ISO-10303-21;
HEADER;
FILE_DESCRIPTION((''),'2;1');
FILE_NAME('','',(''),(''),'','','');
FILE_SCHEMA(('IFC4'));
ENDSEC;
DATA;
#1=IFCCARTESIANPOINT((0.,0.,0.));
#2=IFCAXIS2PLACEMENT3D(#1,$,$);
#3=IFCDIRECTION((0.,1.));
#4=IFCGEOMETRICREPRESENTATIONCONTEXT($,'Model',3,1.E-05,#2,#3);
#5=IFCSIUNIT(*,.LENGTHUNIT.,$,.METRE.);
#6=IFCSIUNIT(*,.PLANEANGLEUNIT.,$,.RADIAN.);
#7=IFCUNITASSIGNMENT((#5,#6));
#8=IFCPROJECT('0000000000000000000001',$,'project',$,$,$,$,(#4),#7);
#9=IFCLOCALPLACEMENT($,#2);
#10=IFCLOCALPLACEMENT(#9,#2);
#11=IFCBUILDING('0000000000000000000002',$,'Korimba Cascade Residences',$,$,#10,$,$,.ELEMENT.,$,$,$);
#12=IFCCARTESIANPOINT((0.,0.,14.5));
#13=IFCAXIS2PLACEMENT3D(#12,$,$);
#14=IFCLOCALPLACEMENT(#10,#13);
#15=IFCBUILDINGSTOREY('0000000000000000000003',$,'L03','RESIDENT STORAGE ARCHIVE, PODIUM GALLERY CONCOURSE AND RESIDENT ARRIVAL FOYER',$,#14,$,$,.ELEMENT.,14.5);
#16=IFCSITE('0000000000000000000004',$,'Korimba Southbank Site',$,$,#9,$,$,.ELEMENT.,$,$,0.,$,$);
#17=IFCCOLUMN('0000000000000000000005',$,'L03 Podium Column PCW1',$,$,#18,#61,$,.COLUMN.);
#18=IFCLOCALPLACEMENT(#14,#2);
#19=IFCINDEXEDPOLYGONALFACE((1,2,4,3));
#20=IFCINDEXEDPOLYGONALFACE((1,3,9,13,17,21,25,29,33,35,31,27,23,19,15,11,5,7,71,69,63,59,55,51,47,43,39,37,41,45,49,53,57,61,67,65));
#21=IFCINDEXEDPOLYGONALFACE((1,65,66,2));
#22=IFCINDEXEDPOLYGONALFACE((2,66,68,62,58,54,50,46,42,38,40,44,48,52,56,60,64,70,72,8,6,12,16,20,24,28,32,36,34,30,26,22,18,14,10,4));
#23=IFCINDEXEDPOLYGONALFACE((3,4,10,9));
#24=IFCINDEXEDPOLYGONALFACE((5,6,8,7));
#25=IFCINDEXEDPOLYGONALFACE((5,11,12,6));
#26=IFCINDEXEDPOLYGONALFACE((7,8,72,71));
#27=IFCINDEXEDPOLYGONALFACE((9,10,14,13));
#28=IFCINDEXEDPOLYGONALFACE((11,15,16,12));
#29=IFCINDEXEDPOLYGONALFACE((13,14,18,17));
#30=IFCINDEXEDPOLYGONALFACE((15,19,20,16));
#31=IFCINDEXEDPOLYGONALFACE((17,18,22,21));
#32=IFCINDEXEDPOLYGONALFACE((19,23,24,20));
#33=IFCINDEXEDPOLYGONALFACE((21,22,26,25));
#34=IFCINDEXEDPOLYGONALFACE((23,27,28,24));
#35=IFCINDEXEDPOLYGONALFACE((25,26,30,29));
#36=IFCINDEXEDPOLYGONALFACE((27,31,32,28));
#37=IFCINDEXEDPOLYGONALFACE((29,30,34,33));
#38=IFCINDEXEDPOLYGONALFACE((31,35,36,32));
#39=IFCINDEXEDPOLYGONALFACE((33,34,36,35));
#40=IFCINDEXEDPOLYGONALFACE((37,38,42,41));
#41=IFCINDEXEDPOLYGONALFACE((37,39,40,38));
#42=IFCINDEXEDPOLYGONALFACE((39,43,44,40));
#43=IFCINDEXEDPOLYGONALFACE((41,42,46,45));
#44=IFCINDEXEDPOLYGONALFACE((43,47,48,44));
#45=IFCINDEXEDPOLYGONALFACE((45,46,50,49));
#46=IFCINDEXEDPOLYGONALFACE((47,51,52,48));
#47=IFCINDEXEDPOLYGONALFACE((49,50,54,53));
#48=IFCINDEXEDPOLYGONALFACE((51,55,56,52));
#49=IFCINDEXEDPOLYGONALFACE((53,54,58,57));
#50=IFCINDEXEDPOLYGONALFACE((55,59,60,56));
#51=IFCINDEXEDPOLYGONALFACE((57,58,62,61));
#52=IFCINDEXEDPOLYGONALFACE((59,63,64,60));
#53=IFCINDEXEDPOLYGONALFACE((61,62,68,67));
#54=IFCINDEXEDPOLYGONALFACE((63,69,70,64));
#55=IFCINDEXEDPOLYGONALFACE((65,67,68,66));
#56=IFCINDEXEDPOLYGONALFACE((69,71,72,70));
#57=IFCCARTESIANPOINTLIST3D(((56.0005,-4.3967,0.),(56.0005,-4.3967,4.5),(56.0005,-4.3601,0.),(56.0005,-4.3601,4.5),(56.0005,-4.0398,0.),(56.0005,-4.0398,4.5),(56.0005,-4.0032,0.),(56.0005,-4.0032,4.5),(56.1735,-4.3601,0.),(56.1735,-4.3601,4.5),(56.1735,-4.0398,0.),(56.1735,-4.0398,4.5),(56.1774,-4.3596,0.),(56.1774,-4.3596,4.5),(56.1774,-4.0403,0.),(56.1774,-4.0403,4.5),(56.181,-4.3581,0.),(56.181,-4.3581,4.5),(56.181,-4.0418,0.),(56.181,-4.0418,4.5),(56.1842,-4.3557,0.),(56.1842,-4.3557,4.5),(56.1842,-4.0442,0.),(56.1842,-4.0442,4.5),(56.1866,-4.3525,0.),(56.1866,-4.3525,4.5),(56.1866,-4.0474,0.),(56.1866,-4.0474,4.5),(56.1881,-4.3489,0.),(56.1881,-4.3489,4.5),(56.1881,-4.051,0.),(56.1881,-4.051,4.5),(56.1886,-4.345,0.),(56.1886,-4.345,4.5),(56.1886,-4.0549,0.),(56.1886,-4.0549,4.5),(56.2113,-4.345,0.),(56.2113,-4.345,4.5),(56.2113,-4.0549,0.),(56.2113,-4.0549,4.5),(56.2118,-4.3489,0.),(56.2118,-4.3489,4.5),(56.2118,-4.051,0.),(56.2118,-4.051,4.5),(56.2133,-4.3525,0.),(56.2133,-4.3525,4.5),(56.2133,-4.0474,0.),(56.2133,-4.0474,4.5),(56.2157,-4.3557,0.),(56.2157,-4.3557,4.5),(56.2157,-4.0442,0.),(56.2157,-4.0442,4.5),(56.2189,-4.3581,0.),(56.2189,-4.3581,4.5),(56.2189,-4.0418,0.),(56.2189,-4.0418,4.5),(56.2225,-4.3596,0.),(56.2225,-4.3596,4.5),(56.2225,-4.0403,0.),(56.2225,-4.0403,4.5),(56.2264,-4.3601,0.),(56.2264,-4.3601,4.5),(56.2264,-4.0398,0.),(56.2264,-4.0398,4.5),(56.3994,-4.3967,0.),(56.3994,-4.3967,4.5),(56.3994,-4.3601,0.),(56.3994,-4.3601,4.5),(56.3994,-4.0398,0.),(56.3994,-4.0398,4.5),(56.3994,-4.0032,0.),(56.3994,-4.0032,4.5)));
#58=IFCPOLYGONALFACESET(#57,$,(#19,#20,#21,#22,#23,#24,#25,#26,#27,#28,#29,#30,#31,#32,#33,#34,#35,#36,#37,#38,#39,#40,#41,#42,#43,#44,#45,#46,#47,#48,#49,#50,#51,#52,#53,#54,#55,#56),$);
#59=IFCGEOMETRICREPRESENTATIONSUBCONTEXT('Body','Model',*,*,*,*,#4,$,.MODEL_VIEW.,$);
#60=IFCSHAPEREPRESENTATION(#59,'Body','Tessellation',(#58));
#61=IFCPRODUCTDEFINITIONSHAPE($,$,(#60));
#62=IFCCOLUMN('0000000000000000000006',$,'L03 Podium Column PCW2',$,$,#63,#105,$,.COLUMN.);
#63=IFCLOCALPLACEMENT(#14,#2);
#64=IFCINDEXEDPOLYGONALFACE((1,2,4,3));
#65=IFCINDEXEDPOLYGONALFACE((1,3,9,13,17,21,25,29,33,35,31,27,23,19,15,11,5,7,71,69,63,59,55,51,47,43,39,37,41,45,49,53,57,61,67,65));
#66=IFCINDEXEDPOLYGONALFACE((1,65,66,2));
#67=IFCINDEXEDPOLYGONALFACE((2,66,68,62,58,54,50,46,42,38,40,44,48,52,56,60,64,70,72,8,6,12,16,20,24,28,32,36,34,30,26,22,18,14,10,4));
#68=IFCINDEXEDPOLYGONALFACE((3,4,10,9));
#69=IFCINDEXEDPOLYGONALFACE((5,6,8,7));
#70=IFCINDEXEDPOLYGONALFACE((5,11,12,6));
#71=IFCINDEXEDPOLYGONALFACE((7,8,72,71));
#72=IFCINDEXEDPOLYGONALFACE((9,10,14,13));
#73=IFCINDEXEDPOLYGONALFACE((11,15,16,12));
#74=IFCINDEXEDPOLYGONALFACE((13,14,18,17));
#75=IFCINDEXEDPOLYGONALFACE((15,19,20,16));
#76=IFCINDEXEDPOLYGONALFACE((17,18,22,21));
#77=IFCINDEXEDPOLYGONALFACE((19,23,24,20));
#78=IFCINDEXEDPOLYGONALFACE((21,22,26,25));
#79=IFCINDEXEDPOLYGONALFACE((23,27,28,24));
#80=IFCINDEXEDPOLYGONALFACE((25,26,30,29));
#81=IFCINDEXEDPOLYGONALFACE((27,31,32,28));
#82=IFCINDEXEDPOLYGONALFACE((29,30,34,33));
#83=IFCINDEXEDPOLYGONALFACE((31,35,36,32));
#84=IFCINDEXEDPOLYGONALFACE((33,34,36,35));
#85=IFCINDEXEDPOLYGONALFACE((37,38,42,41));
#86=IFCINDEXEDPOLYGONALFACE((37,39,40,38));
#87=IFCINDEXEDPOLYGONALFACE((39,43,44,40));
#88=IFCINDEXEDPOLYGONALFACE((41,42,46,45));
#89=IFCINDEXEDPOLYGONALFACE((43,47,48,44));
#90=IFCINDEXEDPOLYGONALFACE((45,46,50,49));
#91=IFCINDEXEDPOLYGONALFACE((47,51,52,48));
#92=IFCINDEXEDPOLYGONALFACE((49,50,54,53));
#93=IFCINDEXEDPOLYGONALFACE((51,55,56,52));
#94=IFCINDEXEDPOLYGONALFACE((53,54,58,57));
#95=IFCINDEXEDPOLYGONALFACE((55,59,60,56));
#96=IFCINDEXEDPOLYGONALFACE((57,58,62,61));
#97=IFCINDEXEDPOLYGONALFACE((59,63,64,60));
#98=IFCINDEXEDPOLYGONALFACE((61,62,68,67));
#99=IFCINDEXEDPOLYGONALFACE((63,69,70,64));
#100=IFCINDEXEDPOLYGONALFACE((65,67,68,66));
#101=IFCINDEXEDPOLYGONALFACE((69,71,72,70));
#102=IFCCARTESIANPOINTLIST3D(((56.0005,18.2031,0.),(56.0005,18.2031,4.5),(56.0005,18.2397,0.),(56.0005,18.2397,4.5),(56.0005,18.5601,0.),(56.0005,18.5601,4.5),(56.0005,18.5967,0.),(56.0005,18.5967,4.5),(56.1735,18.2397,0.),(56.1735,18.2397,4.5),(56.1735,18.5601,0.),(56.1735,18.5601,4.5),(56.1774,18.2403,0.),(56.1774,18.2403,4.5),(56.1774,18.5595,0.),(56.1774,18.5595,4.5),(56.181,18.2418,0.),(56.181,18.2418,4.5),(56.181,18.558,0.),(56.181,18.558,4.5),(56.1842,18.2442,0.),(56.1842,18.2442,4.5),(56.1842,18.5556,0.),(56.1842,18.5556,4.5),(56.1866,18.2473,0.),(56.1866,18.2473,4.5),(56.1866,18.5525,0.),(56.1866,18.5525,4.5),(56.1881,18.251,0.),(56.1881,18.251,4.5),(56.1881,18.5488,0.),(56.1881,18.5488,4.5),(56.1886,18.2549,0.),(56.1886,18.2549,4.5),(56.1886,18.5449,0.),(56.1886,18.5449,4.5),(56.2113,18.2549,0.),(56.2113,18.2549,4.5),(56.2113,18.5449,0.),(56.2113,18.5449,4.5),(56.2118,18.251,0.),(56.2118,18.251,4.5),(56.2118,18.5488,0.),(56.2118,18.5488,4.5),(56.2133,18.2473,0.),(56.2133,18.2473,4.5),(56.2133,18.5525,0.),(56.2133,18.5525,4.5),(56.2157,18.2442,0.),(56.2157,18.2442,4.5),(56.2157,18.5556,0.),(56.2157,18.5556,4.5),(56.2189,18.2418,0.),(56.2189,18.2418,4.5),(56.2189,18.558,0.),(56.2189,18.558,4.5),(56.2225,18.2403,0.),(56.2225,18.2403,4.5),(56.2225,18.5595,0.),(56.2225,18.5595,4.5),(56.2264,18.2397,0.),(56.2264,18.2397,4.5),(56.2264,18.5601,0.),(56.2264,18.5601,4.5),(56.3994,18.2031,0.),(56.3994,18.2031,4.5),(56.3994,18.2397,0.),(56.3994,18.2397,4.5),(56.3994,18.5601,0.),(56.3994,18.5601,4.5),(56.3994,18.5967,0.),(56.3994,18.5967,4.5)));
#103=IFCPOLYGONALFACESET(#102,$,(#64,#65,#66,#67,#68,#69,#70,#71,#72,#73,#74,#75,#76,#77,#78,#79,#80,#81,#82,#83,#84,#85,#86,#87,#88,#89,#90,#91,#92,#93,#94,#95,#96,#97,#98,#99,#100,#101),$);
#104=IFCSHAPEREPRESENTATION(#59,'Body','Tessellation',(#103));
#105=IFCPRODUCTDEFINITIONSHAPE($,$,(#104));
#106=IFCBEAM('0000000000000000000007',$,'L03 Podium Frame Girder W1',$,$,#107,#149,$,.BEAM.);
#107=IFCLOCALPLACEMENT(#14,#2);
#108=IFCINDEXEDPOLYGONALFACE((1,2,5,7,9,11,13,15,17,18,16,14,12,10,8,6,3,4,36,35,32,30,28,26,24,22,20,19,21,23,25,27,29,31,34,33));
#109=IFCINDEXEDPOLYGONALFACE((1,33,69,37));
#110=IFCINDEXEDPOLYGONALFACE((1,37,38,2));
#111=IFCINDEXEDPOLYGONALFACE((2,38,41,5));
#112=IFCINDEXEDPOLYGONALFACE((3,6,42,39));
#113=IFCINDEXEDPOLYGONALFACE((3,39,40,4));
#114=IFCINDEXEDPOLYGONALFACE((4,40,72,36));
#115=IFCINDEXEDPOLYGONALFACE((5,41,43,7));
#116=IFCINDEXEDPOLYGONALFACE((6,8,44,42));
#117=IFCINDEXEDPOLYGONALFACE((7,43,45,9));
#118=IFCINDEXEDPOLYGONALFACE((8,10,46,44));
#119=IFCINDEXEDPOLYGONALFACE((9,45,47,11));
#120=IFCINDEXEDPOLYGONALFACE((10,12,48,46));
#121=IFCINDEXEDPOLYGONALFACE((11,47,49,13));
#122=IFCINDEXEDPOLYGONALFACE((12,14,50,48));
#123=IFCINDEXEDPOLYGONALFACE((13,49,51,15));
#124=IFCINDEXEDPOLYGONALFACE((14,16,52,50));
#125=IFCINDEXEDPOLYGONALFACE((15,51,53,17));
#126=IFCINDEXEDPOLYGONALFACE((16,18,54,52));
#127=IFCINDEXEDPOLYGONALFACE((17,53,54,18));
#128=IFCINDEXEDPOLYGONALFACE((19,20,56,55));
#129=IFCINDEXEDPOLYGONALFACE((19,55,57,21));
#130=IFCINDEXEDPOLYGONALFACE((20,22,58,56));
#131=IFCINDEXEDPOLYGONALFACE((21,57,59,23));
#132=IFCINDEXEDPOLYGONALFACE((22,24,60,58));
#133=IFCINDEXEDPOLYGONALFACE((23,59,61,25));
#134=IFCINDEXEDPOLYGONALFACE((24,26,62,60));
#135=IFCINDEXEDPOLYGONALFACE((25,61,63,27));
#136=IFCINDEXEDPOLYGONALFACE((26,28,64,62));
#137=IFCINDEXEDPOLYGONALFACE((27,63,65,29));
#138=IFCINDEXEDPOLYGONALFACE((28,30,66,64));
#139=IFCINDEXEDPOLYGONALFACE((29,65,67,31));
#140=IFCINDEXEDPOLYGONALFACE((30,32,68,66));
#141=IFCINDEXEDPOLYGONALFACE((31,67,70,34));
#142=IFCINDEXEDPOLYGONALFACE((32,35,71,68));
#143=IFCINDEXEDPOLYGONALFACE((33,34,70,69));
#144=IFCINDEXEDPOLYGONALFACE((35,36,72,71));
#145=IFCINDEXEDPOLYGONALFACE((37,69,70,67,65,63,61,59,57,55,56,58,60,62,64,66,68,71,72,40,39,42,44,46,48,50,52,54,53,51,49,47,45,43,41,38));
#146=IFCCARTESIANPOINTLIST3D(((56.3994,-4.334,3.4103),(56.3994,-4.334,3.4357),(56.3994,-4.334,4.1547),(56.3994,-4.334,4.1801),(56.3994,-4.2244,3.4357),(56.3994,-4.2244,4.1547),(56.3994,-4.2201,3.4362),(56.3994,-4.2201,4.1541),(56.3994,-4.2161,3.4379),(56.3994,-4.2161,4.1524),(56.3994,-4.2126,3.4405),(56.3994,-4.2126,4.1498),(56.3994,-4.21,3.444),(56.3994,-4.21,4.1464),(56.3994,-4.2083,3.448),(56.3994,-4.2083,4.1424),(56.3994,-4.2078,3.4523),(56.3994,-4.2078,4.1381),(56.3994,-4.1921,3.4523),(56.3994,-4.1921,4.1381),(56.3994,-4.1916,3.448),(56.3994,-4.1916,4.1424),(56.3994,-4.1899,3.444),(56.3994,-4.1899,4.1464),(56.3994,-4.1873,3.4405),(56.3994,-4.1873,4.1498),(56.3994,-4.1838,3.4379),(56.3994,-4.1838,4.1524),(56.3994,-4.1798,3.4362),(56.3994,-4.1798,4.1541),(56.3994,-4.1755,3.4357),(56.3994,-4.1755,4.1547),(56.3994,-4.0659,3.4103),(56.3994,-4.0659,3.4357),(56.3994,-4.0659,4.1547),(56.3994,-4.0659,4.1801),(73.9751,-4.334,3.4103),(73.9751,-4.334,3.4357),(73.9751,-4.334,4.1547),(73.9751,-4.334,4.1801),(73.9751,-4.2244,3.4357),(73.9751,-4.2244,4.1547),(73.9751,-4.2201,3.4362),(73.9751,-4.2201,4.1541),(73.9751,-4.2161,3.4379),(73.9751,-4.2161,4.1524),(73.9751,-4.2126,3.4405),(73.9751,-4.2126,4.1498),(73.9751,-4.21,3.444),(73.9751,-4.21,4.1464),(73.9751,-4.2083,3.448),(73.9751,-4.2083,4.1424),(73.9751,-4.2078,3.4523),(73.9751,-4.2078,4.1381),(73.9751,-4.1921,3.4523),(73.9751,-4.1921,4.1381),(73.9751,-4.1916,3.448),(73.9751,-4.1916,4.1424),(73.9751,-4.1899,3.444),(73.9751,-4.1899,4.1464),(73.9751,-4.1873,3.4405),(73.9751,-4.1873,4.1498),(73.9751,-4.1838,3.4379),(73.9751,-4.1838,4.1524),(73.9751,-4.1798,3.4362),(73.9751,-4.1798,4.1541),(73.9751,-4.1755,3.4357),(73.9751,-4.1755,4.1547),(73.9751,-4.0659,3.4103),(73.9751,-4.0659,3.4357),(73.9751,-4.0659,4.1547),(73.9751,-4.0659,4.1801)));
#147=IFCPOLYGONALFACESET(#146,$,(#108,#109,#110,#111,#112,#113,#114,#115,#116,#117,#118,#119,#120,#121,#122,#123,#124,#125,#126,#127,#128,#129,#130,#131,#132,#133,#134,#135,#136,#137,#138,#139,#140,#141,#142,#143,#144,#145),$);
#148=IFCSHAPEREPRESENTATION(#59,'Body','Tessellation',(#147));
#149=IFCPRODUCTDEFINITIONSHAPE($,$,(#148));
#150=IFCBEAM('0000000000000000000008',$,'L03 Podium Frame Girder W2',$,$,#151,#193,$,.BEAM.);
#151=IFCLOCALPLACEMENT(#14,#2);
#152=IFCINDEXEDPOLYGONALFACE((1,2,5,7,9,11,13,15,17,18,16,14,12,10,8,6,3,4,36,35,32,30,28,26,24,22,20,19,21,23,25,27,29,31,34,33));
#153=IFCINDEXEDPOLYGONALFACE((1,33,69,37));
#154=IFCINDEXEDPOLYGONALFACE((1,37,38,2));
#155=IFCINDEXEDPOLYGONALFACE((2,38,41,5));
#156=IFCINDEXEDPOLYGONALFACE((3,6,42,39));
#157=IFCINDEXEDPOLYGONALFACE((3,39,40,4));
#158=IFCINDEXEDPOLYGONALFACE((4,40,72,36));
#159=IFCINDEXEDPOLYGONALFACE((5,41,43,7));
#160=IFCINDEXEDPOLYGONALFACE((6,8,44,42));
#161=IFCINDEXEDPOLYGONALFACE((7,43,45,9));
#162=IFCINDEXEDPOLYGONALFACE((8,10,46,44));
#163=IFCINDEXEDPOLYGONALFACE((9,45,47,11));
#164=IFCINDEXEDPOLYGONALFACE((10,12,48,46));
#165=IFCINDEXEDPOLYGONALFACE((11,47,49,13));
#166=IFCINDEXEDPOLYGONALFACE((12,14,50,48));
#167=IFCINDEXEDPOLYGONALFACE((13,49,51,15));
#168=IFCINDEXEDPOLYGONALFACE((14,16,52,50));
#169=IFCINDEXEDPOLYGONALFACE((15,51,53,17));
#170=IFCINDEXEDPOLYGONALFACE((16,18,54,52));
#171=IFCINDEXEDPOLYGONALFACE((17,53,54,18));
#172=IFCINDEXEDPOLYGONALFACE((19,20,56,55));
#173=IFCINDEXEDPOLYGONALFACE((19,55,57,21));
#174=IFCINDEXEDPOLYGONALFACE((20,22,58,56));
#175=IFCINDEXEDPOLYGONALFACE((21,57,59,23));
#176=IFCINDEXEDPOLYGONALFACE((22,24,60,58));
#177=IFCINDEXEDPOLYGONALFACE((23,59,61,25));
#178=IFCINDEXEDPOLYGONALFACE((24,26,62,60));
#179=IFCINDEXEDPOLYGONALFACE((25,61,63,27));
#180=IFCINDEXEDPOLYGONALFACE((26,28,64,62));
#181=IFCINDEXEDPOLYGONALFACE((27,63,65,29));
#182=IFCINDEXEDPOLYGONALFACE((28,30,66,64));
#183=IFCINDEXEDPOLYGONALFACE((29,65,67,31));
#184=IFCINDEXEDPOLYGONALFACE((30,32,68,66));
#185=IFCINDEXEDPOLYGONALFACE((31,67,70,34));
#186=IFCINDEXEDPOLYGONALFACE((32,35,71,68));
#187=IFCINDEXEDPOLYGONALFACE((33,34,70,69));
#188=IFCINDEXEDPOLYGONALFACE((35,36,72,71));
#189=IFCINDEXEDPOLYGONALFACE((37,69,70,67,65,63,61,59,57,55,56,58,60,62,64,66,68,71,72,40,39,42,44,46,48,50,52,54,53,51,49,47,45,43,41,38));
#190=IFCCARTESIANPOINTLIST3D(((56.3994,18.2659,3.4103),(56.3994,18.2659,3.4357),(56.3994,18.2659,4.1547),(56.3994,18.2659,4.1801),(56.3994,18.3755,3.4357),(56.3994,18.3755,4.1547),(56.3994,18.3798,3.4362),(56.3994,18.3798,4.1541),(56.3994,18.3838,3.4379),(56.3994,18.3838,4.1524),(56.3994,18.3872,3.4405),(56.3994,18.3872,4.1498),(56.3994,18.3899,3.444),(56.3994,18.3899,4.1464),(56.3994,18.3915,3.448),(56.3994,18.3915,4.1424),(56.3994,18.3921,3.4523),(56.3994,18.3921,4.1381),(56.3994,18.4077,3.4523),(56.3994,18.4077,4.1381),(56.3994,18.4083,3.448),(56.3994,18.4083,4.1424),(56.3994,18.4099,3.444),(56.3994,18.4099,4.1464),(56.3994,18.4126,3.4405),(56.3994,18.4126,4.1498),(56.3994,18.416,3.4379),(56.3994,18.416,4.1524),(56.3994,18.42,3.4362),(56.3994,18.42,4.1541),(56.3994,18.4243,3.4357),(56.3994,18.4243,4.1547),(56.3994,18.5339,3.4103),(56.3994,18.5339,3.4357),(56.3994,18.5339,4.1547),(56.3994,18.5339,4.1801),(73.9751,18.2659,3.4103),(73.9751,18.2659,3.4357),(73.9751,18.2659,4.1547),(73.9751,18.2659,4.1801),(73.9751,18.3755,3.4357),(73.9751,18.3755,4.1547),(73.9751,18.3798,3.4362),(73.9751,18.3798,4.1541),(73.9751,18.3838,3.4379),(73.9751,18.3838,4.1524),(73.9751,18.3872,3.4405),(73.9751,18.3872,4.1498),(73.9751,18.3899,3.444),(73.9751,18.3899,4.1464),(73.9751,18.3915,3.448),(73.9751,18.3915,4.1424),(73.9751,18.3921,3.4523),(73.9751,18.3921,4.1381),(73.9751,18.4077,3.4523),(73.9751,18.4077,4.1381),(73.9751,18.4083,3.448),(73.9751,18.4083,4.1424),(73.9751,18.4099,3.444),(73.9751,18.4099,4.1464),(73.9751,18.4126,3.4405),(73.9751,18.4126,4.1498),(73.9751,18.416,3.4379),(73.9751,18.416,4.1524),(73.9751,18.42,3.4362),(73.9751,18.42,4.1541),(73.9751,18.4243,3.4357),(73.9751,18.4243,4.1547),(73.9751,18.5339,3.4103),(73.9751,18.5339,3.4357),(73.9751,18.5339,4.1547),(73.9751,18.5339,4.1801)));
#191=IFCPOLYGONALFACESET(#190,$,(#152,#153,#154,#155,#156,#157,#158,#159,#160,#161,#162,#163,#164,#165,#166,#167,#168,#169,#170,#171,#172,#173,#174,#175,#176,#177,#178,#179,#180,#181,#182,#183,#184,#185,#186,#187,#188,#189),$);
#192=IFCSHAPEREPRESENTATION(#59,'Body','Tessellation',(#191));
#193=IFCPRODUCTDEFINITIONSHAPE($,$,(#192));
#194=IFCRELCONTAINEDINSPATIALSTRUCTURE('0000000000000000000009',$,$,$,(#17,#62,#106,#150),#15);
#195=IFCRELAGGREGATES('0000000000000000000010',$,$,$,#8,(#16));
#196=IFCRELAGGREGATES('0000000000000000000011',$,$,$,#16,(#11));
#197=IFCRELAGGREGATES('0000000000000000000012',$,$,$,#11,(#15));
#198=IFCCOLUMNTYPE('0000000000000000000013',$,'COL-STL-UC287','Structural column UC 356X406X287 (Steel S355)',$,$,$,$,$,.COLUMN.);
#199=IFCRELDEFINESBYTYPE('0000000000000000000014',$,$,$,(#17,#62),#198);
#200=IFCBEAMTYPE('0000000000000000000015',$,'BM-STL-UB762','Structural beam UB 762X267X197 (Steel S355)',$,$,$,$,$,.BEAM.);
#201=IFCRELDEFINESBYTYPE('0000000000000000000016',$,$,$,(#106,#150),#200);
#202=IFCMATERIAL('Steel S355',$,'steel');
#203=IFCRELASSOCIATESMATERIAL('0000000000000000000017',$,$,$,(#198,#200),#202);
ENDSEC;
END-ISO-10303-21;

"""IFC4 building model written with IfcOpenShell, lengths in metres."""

from ifc_helpers import new_model, si_unit, direction, frame, origin, origin_2d, place, context, subcontext, project, spatial, i_section, extrude, material, material_profile, profile_set, type_object, element, save


model = new_model("IFC4")

# Units and contexts
model_context = context("Model", 3, precision=1e-05, world=origin(), true_north=direction((0.0, 1.0)))
body_context = subcontext(model_context, "Body", "Model", "MODEL_VIEW")
ifc_project = project(units=[si_unit("LENGTHUNIT", "METRE"), si_unit("PLANEANGLEUNIT", "RADIAN")], contexts=[model_context])

# Site, building, storey
site_placement = place(None, origin())
site = spatial("IfcSite", under=ifc_project, at=site_placement, Name="Korimba Southbank Site", CompositionType="ELEMENT", RefElevation=0.0)
building_placement = place(site_placement, origin())
building = spatial("IfcBuilding", under=site, at=building_placement, Name="Korimba Cascade Residences", CompositionType="ELEMENT")
storey_placement = place(building_placement, frame((0.0, 0.0, 14.5)))
storey = spatial("IfcBuildingStorey", under=building, at=storey_placement, Name="L03", Description="RESIDENT STORAGE ARCHIVE, PODIUM GALLERY CONCOURSE AND RESIDENT ARRIVAL FOYER", CompositionType="ELEMENT", Elevation=14.5)

# Columns
ifc_material_1 = material(Name="Steel S355", Category="steel")
ifc_material_profile_1 = material_profile(ifc_material_1, i_section(OverallWidth=0.3989, OverallDepth=0.3936, WebThickness=0.0227, FlangeThickness=0.0366, FilletRadius=0.0151, at=origin_2d()), Name="Steel S355")
ifc_profile_set_1 = profile_set([ifc_material_profile_1], Name="Steel S355")
column_type = type_object("IfcColumnType", Name="COL-STL-UC287", Description="Structural column UC 356X406X287 (Steel S355)", PredefinedType="COLUMN", material=ifc_profile_set_1)
for number, where, z_axis, x_axis, name in (
    (1, (56.2, -4.2, 0.0), (0.0, 0.0, 1.0), (1.0, 0.0, 0.0), "L03 Podium Column PCW1"),
    (2, (56.2, 18.3999, 0.0), (0.0, 0.0, 1.0), (1.0, 0.0, 0.0), "L03 Podium Column PCW2"),
):
    element("IfcColumn", number, at=place(storey_placement, frame(where, z_axis=z_axis, x_axis=x_axis)), inside=storey, type_object=column_type, Name=name, PredefinedType="COLUMN", context=body_context, shape_type="SweptSolid", body=[
        extrude(i_section(OverallWidth=0.3989, OverallDepth=0.3936, WebThickness=0.0227, FlangeThickness=0.0366, FilletRadius=0.0151, at=origin_2d()), origin(), (0.0, 0.0, 1.0), 4.5),
    ])

# Beams
ifc_material_profile_2 = material_profile(ifc_material_1, i_section(OverallWidth=0.2681, OverallDepth=0.7698, WebThickness=0.0156, FlangeThickness=0.0254, FilletRadius=0.0166, at=origin_2d()), Name="Steel S355")
ifc_profile_set_2 = profile_set([ifc_material_profile_2], Name="Steel S355")
beam_type = type_object("IfcBeamType", Name="BM-STL-UB762", Description="Structural beam UB 762X267X197 (Steel S355)", PredefinedType="BEAM", material=ifc_profile_set_2)
for number, where, z_axis, x_axis, name in (
    (3, (56.3994, -4.2, 3.7952), (1.0, 0.0, 0.0), (0.0, 1.0, 0.0), "L03 Podium Frame Girder W1"),
    (4, (56.3994, 18.3999, 3.7952), (1.0, 0.0, 0.0), (0.0, 1.0, 0.0), "L03 Podium Frame Girder W2"),
):
    element("IfcBeam", number, at=place(storey_placement, frame(where, z_axis=z_axis, x_axis=x_axis)), inside=storey, type_object=beam_type, Name=name, PredefinedType="BEAM", context=body_context, shape_type="SweptSolid", body=[
        extrude(i_section(OverallWidth=0.2681, OverallDepth=0.7698, WebThickness=0.0156, FlangeThickness=0.0254, FilletRadius=0.0166, at=origin_2d()), origin(), (0.0, 0.0, 1.0), 17.5757),
    ])

save(model, "model.ifc")
